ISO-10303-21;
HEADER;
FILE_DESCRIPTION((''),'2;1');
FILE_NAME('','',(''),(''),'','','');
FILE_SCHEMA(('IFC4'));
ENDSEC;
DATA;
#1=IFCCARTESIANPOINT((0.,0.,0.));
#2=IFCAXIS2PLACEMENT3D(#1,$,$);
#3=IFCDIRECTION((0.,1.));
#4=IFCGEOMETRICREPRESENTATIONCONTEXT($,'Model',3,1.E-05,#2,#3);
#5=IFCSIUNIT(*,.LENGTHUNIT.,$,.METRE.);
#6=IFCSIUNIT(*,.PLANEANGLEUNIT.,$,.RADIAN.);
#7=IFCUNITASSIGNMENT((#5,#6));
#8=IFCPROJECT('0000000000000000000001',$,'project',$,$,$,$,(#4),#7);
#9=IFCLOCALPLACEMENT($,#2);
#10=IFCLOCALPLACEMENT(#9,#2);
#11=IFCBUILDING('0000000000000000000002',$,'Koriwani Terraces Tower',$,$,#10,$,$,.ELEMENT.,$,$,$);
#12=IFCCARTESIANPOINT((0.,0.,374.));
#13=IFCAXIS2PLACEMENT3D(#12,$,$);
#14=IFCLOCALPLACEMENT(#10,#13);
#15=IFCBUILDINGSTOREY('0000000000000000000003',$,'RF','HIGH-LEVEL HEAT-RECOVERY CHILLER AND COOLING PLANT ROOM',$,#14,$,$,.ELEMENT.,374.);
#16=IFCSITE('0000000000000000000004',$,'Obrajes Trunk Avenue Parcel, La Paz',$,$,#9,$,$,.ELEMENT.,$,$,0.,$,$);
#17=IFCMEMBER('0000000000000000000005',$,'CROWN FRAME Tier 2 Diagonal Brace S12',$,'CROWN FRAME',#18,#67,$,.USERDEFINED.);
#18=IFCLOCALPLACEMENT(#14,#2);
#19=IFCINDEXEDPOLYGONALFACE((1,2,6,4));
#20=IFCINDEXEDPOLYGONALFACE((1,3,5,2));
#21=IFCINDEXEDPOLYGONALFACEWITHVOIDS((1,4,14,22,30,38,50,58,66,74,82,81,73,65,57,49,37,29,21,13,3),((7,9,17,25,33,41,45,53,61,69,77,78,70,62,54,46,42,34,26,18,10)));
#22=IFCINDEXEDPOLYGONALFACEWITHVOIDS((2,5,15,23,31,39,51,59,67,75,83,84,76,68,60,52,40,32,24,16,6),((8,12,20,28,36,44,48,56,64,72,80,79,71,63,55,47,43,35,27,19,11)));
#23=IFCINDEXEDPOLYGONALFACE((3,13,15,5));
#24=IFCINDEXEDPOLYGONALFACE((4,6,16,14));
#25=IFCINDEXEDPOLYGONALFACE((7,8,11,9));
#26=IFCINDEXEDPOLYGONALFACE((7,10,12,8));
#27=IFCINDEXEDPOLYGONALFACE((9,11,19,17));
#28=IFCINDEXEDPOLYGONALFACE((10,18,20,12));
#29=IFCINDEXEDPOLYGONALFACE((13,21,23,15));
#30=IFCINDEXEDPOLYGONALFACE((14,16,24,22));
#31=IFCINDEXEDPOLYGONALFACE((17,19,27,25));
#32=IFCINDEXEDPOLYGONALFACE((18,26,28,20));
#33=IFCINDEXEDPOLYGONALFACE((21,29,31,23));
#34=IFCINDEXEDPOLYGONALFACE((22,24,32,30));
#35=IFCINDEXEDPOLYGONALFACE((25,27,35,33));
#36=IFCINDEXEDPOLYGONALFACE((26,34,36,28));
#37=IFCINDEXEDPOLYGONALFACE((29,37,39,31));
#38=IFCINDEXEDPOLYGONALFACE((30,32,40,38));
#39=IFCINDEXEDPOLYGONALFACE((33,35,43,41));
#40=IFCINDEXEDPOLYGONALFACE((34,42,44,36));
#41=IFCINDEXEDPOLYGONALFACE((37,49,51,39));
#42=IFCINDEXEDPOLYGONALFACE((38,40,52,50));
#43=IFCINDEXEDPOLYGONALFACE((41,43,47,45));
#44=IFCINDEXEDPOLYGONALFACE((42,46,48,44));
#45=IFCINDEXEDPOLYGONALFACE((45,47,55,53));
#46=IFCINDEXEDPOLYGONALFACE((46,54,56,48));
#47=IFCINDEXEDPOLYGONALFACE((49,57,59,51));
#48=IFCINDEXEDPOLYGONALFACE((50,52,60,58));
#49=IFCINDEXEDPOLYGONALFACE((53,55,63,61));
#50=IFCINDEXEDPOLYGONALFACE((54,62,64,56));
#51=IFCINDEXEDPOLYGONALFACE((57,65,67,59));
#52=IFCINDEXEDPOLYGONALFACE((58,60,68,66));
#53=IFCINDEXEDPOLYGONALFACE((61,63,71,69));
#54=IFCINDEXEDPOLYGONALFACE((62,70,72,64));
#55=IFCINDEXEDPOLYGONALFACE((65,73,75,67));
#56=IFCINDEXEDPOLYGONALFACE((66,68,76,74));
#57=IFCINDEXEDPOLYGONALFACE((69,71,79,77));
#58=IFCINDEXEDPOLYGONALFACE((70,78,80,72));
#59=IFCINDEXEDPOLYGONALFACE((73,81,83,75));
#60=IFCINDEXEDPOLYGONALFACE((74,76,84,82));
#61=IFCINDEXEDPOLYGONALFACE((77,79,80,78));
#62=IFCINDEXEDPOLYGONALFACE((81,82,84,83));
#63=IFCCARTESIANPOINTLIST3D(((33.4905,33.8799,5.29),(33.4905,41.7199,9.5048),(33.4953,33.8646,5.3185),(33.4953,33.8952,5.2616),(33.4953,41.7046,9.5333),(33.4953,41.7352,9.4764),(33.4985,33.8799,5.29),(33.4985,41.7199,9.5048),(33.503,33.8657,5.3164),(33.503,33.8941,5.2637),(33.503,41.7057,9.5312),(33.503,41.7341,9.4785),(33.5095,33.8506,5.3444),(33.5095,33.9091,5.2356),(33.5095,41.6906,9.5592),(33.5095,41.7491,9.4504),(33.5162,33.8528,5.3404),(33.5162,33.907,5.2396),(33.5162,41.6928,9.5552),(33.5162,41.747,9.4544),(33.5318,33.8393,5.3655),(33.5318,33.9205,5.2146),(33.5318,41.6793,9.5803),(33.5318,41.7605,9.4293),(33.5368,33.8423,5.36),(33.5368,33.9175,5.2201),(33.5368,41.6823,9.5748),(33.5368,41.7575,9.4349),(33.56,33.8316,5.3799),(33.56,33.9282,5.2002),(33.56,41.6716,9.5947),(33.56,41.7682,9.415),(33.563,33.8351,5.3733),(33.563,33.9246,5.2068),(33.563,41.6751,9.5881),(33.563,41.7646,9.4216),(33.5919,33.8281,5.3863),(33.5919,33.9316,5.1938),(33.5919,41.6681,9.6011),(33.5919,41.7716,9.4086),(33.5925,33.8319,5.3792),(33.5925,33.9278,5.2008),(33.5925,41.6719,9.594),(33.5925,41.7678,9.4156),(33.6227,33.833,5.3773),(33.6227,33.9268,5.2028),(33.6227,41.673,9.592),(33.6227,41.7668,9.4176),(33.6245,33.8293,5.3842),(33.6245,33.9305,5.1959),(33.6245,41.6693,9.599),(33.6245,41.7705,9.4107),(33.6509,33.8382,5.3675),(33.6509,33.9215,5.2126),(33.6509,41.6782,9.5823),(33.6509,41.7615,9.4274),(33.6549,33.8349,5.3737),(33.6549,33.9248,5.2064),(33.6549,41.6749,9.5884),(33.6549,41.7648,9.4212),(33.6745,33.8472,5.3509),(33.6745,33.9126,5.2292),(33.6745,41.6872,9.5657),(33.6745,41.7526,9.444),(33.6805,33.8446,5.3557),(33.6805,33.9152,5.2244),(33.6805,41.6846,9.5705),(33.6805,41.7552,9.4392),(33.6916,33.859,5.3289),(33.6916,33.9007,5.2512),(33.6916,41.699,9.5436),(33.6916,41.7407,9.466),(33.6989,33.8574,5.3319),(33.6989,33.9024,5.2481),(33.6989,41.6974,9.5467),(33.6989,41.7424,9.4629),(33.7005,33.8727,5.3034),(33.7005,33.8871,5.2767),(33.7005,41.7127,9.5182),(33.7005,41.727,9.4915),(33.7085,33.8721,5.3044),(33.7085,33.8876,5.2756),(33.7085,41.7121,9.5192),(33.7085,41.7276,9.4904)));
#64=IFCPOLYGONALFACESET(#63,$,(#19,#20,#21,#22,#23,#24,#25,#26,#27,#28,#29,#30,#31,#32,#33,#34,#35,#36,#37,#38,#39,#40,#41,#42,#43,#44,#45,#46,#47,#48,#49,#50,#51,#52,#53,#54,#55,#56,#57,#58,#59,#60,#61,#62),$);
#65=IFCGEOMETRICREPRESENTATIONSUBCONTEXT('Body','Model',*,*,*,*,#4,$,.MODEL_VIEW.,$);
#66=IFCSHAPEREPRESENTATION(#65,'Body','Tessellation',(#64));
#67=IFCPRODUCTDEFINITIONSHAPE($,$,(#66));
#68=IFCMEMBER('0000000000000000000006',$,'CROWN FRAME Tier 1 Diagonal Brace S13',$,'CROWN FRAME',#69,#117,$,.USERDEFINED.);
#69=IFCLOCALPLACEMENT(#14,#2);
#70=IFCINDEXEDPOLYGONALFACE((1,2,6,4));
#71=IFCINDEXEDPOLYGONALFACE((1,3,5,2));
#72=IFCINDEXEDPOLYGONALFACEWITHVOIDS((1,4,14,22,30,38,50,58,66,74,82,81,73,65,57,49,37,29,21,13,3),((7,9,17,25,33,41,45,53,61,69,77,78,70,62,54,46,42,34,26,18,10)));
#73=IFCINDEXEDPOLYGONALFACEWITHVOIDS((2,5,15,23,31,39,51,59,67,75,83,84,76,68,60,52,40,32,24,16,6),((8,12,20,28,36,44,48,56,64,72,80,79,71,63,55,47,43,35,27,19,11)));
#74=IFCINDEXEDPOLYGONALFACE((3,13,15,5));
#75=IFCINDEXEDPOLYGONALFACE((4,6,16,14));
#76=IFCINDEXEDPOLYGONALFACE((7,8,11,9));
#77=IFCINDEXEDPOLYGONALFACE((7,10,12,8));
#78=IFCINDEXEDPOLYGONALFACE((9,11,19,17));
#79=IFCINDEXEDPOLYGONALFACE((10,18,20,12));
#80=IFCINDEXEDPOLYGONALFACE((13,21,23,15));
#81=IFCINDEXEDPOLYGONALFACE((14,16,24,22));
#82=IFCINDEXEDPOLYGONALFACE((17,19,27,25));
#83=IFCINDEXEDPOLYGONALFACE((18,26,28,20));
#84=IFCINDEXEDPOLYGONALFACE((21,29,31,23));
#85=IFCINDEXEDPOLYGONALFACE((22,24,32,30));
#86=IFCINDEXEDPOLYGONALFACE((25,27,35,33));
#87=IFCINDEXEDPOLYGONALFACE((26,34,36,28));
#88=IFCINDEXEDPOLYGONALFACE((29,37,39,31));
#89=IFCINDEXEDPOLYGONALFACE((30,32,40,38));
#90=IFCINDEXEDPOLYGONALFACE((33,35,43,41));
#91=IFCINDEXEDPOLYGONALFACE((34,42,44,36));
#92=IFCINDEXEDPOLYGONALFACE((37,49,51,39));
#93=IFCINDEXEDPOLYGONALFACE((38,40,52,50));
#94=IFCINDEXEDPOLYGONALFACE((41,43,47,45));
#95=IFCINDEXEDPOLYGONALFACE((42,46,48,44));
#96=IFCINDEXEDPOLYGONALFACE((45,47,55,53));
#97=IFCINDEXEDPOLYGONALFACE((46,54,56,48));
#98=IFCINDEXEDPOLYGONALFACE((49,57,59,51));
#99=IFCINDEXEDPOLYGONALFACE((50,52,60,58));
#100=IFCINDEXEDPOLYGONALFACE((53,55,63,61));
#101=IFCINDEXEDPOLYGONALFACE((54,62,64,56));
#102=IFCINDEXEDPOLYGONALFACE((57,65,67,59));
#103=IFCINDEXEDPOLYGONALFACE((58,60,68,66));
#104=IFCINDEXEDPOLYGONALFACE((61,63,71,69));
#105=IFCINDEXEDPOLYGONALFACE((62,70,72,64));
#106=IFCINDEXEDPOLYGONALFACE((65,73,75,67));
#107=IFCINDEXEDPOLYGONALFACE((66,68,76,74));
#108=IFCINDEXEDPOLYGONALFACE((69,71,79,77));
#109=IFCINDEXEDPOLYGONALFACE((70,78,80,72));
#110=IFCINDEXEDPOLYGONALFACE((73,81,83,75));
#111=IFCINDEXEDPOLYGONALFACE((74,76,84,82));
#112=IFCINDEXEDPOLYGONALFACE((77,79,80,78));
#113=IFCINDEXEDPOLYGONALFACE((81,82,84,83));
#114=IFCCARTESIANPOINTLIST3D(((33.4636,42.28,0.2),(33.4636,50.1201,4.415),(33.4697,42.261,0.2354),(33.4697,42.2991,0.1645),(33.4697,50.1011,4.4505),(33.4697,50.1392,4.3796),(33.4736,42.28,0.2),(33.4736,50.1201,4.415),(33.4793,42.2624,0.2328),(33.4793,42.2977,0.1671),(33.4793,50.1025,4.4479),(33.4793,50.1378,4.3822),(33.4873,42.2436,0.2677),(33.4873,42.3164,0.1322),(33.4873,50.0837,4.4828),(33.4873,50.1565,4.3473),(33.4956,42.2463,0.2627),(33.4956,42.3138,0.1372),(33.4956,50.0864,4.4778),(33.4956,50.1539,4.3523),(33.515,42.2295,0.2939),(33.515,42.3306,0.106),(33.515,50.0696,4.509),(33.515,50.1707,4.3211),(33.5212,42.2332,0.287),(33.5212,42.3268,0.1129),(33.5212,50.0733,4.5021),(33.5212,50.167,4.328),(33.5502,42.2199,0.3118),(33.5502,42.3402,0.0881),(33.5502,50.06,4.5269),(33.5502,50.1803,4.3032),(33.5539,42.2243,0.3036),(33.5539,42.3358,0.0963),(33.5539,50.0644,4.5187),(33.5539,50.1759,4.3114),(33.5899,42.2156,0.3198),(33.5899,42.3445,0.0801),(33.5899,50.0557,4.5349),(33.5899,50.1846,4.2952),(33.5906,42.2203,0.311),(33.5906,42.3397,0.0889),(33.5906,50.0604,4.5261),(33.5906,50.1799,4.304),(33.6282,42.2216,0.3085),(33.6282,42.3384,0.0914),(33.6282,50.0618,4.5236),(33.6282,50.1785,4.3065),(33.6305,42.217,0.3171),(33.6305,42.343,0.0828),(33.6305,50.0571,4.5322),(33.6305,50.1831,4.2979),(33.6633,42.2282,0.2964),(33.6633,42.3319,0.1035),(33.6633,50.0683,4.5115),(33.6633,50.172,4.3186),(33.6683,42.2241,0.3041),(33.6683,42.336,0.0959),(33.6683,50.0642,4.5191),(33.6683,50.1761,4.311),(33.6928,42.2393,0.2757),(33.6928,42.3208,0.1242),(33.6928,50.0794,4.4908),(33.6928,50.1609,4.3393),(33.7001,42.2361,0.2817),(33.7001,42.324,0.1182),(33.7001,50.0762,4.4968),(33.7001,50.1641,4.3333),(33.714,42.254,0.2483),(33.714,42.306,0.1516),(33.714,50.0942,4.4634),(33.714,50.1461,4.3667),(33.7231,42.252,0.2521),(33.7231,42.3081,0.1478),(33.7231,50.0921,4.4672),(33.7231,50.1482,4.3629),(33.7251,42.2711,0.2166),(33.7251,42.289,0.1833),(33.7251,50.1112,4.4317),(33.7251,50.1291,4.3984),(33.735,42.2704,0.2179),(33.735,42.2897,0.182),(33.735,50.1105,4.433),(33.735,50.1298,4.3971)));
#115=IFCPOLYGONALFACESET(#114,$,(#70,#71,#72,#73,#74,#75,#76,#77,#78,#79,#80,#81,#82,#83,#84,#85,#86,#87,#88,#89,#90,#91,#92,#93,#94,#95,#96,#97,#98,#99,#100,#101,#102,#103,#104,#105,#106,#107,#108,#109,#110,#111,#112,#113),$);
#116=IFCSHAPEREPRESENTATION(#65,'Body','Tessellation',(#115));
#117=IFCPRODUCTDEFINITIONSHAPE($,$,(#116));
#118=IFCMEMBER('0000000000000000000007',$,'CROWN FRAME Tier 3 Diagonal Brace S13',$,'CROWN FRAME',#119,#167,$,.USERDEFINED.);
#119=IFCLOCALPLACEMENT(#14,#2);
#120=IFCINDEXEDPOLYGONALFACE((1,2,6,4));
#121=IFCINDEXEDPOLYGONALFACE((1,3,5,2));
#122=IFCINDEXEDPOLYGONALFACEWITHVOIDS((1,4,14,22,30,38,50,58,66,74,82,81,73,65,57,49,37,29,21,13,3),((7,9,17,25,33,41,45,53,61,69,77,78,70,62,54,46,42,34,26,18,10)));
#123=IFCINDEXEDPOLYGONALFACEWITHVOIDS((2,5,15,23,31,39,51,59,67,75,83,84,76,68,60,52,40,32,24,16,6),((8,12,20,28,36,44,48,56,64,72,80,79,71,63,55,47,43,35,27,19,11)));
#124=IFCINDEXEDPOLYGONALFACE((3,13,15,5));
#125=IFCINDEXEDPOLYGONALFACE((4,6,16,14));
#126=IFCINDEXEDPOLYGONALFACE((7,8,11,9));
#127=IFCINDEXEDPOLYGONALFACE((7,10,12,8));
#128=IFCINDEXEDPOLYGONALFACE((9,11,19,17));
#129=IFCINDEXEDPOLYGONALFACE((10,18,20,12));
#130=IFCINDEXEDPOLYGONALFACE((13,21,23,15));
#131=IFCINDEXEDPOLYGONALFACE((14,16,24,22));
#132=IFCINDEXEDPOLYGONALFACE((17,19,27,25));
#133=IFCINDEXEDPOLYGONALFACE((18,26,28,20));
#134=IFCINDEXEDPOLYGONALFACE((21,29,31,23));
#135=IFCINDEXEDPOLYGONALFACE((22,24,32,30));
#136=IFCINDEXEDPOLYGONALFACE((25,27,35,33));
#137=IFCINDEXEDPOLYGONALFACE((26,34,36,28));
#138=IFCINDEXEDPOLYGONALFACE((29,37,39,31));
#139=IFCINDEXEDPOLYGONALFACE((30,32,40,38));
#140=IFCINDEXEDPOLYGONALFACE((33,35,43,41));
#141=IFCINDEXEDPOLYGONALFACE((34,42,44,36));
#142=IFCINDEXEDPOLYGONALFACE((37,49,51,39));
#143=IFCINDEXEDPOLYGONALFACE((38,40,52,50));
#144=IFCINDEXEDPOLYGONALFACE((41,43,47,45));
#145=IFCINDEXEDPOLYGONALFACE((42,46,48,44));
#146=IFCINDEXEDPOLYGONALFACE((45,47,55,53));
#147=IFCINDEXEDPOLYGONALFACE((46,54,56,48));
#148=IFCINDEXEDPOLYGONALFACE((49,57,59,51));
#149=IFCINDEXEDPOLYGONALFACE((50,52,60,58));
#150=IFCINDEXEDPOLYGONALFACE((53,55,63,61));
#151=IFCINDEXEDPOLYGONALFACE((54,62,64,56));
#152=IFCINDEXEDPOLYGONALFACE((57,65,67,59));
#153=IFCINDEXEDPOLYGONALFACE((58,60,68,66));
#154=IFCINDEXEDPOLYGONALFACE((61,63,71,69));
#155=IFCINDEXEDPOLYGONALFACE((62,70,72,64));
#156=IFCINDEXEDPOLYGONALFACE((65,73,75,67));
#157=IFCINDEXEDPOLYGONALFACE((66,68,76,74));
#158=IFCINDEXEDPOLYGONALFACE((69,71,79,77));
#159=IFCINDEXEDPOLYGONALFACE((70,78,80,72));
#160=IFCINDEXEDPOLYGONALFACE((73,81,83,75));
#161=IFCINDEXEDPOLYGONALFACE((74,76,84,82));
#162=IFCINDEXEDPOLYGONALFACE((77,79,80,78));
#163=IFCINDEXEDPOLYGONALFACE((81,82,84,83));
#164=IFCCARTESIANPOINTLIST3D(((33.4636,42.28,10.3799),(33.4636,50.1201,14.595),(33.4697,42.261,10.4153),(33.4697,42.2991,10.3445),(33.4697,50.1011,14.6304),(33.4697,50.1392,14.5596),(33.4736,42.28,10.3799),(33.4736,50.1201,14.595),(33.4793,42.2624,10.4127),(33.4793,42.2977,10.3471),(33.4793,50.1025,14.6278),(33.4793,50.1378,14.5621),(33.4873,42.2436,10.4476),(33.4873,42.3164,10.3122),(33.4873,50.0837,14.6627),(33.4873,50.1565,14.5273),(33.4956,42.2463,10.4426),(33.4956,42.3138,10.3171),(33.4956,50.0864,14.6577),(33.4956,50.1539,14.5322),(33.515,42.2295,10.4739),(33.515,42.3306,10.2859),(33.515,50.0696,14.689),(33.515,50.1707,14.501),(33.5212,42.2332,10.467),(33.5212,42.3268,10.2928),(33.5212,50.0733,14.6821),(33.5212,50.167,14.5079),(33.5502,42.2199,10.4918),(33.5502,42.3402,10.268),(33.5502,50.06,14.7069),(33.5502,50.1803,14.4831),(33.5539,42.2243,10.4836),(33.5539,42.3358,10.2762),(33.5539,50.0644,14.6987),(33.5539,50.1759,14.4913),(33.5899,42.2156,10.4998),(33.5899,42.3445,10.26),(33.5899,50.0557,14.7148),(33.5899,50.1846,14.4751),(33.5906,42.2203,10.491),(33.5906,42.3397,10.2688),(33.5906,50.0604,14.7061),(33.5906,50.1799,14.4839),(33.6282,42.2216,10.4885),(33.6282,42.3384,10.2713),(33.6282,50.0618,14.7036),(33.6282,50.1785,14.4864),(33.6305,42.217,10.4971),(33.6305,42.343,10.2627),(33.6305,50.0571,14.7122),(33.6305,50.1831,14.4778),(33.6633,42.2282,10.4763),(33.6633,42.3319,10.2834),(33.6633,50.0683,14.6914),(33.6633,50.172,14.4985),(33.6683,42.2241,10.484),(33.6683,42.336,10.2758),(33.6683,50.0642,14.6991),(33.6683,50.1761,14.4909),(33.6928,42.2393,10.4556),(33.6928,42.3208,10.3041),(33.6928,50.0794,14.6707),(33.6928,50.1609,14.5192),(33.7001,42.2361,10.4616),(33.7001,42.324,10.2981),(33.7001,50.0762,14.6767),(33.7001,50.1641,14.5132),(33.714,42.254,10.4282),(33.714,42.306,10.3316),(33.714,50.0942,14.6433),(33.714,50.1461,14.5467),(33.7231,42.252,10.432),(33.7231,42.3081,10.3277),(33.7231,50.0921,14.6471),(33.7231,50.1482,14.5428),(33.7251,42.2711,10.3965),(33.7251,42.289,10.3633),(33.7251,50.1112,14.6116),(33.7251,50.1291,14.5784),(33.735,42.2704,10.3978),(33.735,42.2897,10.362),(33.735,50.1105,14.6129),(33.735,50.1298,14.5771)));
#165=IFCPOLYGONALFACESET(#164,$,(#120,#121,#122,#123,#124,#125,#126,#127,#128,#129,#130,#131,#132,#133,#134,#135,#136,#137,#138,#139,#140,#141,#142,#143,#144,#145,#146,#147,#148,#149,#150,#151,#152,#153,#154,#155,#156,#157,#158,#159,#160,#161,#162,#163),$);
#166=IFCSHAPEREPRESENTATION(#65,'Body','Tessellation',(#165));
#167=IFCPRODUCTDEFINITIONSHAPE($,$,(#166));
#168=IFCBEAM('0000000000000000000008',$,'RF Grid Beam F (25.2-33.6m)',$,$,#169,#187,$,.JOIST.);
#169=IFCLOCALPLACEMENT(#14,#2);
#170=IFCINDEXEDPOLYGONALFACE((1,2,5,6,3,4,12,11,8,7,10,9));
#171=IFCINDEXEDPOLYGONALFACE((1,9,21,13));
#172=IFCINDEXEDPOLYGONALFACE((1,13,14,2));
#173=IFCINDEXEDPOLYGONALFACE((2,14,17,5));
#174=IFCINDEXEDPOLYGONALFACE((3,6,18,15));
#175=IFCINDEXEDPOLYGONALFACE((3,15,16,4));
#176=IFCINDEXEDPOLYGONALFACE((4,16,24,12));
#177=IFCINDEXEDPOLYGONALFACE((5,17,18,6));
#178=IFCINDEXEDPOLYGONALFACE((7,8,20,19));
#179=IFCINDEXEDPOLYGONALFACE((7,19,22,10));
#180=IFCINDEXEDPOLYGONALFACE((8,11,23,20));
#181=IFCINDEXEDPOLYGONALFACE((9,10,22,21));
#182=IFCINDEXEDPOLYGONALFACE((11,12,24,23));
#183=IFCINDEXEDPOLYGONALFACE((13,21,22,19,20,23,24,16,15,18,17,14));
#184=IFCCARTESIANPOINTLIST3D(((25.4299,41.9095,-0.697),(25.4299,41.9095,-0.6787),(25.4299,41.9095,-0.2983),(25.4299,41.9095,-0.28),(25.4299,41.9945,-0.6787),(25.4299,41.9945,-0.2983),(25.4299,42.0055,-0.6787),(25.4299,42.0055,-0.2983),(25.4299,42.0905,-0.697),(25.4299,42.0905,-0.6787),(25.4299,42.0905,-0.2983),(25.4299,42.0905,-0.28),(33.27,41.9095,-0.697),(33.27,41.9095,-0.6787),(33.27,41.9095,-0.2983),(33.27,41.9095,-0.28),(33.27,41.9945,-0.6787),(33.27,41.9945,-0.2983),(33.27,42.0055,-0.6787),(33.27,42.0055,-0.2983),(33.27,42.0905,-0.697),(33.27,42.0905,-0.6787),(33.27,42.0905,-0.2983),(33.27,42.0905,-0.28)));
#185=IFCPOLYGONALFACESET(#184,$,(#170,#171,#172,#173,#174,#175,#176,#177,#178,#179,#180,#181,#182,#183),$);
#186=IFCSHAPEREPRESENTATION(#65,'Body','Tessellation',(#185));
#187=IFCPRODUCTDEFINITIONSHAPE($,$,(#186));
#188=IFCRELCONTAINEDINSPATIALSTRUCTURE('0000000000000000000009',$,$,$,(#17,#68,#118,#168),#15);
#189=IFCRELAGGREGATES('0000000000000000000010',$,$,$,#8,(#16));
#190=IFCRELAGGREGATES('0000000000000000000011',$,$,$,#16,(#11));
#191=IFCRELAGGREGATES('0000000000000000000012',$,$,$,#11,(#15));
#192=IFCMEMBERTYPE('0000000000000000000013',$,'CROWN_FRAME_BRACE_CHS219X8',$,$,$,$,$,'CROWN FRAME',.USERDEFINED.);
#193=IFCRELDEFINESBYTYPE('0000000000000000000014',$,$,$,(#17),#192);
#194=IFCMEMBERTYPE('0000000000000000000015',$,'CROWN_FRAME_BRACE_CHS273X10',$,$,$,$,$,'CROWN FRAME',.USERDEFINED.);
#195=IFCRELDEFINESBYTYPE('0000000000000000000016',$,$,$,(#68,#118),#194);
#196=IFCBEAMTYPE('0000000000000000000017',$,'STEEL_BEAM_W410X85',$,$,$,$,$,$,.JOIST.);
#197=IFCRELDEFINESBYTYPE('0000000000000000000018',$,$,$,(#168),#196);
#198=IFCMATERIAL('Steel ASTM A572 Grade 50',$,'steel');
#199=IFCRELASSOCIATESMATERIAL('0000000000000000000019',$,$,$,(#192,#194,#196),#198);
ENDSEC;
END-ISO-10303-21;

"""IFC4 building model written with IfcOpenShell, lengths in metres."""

from ifc_helpers import new_model, si_unit, direction, frame, origin, origin_2d, place, context, subcontext, project, spatial, hollow_circle, i_section, extrude, material, material_profile, profile_set, type_object, element, save


model = new_model("IFC4")

# Units and contexts
model_context = context("Model", 3, precision=1e-05, world=origin(), true_north=direction((0.0, 1.0)))
body_context = subcontext(model_context, "Body", "Model", "MODEL_VIEW")
ifc_project = project(units=[si_unit("LENGTHUNIT", "METRE"), si_unit("PLANEANGLEUNIT", "RADIAN")], contexts=[model_context])

# Site, building, storey
site_placement = place(None, origin())
site = spatial("IfcSite", under=ifc_project, at=site_placement, Name="Obrajes Trunk Avenue Parcel, La Paz", CompositionType="ELEMENT", RefElevation=0.0)
building_placement = place(site_placement, origin())
building = spatial("IfcBuilding", under=site, at=building_placement, Name="Koriwani Terraces Tower", CompositionType="ELEMENT")
storey_placement = place(building_placement, frame((0.0, 0.0, 374.0)))
storey = spatial("IfcBuildingStorey", under=building, at=storey_placement, Name="RF", Description="HIGH-LEVEL HEAT-RECOVERY CHILLER AND COOLING PLANT ROOM", CompositionType="ELEMENT", Elevation=374.0)

# Shared definitions
ifc_material_1 = material(Name="Steel ASTM A572 Grade 50", Category="steel")

# Members
ifc_material_profile_1 = material_profile(ifc_material_1, hollow_circle(Radius=0.1096, WallThickness=0.0081, at=origin_2d()), Name="Steel ASTM A572 Grade 50", Category="LoadBearing")
ifc_profile_set_1 = profile_set([ifc_material_profile_1], Name="Steel ASTM A572 Grade 50")
member_type_1 = type_object("IfcMemberType", Name="CROWN_FRAME_BRACE_CHS219X8", ElementType="CROWN FRAME", PredefinedType="USERDEFINED", material=ifc_profile_set_1)
member_placement = place(storey_placement, frame((33.6001, 33.8799, 5.29), z_axis=(0.0, 0.880787, 0.473513), x_axis=(-1.0, 0.0, 0.0)))
element("IfcMember", 1, at=member_placement, inside=storey, type_object=member_type_1, Name="CROWN FRAME Tier 2 Diagonal Brace S12", ObjectType="CROWN FRAME", PredefinedType="USERDEFINED", context=body_context, shape_type="SweptSolid", body=[
    extrude(hollow_circle(Radius=0.1096, WallThickness=0.0081, at=origin_2d()), origin(), (0.0, 0.0, 1.0), 8.9011),
])
ifc_material_profile_2 = material_profile(ifc_material_1, hollow_circle(Radius=0.1365, WallThickness=0.01, at=origin_2d()), Name="Steel ASTM A572 Grade 50", Category="LoadBearing")
ifc_profile_set_2 = profile_set([ifc_material_profile_2], Name="Steel ASTM A572 Grade 50")
member_type_2 = type_object("IfcMemberType", Name="CROWN_FRAME_BRACE_CHS273X10", ElementType="CROWN FRAME", PredefinedType="USERDEFINED", material=ifc_profile_set_2)
for number, where, z_axis, x_axis, name in (
    (2, (33.6001, 42.28, 0.2), (0.0, 0.880776, 0.473534), (-1.0, 0.0, 0.0), "CROWN FRAME Tier 1 Diagonal Brace S13"),
    (3, (33.6001, 42.28, 10.3799), (0.0, 0.880776, 0.473534), (-1.0, 0.0, 0.0), "CROWN FRAME Tier 3 Diagonal Brace S13"),
):
    element("IfcMember", number, at=place(storey_placement, frame(where, z_axis=z_axis, x_axis=x_axis)), inside=storey, type_object=member_type_2, Name=name, ObjectType="CROWN FRAME", PredefinedType="USERDEFINED", context=body_context, shape_type="SweptSolid", body=[
        extrude(hollow_circle(Radius=0.1365, WallThickness=0.01, at=origin_2d()), origin(), (0.0, 0.0, 1.0), 8.9014),
    ])

# Beam
ifc_material_profile_3 = material_profile(ifc_material_1, i_section(OverallWidth=0.1809, OverallDepth=0.417, WebThickness=0.011, FlangeThickness=0.0183, at=origin_2d()), Name="Steel ASTM A572 Grade 50", Category="LoadBearing")
ifc_profile_set_3 = profile_set([ifc_material_profile_3], Name="Steel ASTM A572 Grade 50")
beam_type_1 = type_object("IfcBeamType", Name="STEEL_BEAM_W410X85", PredefinedType="JOIST", material=ifc_profile_set_3)
beam_placement = place(storey_placement, frame((25.4299, 42.0, -0.4885), z_axis=(1.0, 0.0, 0.0), x_axis=(0.0, 1.0, 0.0)))
element("IfcBeam", 4, at=beam_placement, inside=storey, type_object=beam_type_1, Name="RF Grid Beam F (25.2-33.6m)", PredefinedType="JOIST", context=body_context, shape_type="SweptSolid", body=[
    extrude(i_section(OverallWidth=0.1809, OverallDepth=0.417, WebThickness=0.011, FlangeThickness=0.0183, at=origin_2d()), origin(), (0.0, 0.0, 1.0), 7.8401),
])

save(model, "model.ifc")
